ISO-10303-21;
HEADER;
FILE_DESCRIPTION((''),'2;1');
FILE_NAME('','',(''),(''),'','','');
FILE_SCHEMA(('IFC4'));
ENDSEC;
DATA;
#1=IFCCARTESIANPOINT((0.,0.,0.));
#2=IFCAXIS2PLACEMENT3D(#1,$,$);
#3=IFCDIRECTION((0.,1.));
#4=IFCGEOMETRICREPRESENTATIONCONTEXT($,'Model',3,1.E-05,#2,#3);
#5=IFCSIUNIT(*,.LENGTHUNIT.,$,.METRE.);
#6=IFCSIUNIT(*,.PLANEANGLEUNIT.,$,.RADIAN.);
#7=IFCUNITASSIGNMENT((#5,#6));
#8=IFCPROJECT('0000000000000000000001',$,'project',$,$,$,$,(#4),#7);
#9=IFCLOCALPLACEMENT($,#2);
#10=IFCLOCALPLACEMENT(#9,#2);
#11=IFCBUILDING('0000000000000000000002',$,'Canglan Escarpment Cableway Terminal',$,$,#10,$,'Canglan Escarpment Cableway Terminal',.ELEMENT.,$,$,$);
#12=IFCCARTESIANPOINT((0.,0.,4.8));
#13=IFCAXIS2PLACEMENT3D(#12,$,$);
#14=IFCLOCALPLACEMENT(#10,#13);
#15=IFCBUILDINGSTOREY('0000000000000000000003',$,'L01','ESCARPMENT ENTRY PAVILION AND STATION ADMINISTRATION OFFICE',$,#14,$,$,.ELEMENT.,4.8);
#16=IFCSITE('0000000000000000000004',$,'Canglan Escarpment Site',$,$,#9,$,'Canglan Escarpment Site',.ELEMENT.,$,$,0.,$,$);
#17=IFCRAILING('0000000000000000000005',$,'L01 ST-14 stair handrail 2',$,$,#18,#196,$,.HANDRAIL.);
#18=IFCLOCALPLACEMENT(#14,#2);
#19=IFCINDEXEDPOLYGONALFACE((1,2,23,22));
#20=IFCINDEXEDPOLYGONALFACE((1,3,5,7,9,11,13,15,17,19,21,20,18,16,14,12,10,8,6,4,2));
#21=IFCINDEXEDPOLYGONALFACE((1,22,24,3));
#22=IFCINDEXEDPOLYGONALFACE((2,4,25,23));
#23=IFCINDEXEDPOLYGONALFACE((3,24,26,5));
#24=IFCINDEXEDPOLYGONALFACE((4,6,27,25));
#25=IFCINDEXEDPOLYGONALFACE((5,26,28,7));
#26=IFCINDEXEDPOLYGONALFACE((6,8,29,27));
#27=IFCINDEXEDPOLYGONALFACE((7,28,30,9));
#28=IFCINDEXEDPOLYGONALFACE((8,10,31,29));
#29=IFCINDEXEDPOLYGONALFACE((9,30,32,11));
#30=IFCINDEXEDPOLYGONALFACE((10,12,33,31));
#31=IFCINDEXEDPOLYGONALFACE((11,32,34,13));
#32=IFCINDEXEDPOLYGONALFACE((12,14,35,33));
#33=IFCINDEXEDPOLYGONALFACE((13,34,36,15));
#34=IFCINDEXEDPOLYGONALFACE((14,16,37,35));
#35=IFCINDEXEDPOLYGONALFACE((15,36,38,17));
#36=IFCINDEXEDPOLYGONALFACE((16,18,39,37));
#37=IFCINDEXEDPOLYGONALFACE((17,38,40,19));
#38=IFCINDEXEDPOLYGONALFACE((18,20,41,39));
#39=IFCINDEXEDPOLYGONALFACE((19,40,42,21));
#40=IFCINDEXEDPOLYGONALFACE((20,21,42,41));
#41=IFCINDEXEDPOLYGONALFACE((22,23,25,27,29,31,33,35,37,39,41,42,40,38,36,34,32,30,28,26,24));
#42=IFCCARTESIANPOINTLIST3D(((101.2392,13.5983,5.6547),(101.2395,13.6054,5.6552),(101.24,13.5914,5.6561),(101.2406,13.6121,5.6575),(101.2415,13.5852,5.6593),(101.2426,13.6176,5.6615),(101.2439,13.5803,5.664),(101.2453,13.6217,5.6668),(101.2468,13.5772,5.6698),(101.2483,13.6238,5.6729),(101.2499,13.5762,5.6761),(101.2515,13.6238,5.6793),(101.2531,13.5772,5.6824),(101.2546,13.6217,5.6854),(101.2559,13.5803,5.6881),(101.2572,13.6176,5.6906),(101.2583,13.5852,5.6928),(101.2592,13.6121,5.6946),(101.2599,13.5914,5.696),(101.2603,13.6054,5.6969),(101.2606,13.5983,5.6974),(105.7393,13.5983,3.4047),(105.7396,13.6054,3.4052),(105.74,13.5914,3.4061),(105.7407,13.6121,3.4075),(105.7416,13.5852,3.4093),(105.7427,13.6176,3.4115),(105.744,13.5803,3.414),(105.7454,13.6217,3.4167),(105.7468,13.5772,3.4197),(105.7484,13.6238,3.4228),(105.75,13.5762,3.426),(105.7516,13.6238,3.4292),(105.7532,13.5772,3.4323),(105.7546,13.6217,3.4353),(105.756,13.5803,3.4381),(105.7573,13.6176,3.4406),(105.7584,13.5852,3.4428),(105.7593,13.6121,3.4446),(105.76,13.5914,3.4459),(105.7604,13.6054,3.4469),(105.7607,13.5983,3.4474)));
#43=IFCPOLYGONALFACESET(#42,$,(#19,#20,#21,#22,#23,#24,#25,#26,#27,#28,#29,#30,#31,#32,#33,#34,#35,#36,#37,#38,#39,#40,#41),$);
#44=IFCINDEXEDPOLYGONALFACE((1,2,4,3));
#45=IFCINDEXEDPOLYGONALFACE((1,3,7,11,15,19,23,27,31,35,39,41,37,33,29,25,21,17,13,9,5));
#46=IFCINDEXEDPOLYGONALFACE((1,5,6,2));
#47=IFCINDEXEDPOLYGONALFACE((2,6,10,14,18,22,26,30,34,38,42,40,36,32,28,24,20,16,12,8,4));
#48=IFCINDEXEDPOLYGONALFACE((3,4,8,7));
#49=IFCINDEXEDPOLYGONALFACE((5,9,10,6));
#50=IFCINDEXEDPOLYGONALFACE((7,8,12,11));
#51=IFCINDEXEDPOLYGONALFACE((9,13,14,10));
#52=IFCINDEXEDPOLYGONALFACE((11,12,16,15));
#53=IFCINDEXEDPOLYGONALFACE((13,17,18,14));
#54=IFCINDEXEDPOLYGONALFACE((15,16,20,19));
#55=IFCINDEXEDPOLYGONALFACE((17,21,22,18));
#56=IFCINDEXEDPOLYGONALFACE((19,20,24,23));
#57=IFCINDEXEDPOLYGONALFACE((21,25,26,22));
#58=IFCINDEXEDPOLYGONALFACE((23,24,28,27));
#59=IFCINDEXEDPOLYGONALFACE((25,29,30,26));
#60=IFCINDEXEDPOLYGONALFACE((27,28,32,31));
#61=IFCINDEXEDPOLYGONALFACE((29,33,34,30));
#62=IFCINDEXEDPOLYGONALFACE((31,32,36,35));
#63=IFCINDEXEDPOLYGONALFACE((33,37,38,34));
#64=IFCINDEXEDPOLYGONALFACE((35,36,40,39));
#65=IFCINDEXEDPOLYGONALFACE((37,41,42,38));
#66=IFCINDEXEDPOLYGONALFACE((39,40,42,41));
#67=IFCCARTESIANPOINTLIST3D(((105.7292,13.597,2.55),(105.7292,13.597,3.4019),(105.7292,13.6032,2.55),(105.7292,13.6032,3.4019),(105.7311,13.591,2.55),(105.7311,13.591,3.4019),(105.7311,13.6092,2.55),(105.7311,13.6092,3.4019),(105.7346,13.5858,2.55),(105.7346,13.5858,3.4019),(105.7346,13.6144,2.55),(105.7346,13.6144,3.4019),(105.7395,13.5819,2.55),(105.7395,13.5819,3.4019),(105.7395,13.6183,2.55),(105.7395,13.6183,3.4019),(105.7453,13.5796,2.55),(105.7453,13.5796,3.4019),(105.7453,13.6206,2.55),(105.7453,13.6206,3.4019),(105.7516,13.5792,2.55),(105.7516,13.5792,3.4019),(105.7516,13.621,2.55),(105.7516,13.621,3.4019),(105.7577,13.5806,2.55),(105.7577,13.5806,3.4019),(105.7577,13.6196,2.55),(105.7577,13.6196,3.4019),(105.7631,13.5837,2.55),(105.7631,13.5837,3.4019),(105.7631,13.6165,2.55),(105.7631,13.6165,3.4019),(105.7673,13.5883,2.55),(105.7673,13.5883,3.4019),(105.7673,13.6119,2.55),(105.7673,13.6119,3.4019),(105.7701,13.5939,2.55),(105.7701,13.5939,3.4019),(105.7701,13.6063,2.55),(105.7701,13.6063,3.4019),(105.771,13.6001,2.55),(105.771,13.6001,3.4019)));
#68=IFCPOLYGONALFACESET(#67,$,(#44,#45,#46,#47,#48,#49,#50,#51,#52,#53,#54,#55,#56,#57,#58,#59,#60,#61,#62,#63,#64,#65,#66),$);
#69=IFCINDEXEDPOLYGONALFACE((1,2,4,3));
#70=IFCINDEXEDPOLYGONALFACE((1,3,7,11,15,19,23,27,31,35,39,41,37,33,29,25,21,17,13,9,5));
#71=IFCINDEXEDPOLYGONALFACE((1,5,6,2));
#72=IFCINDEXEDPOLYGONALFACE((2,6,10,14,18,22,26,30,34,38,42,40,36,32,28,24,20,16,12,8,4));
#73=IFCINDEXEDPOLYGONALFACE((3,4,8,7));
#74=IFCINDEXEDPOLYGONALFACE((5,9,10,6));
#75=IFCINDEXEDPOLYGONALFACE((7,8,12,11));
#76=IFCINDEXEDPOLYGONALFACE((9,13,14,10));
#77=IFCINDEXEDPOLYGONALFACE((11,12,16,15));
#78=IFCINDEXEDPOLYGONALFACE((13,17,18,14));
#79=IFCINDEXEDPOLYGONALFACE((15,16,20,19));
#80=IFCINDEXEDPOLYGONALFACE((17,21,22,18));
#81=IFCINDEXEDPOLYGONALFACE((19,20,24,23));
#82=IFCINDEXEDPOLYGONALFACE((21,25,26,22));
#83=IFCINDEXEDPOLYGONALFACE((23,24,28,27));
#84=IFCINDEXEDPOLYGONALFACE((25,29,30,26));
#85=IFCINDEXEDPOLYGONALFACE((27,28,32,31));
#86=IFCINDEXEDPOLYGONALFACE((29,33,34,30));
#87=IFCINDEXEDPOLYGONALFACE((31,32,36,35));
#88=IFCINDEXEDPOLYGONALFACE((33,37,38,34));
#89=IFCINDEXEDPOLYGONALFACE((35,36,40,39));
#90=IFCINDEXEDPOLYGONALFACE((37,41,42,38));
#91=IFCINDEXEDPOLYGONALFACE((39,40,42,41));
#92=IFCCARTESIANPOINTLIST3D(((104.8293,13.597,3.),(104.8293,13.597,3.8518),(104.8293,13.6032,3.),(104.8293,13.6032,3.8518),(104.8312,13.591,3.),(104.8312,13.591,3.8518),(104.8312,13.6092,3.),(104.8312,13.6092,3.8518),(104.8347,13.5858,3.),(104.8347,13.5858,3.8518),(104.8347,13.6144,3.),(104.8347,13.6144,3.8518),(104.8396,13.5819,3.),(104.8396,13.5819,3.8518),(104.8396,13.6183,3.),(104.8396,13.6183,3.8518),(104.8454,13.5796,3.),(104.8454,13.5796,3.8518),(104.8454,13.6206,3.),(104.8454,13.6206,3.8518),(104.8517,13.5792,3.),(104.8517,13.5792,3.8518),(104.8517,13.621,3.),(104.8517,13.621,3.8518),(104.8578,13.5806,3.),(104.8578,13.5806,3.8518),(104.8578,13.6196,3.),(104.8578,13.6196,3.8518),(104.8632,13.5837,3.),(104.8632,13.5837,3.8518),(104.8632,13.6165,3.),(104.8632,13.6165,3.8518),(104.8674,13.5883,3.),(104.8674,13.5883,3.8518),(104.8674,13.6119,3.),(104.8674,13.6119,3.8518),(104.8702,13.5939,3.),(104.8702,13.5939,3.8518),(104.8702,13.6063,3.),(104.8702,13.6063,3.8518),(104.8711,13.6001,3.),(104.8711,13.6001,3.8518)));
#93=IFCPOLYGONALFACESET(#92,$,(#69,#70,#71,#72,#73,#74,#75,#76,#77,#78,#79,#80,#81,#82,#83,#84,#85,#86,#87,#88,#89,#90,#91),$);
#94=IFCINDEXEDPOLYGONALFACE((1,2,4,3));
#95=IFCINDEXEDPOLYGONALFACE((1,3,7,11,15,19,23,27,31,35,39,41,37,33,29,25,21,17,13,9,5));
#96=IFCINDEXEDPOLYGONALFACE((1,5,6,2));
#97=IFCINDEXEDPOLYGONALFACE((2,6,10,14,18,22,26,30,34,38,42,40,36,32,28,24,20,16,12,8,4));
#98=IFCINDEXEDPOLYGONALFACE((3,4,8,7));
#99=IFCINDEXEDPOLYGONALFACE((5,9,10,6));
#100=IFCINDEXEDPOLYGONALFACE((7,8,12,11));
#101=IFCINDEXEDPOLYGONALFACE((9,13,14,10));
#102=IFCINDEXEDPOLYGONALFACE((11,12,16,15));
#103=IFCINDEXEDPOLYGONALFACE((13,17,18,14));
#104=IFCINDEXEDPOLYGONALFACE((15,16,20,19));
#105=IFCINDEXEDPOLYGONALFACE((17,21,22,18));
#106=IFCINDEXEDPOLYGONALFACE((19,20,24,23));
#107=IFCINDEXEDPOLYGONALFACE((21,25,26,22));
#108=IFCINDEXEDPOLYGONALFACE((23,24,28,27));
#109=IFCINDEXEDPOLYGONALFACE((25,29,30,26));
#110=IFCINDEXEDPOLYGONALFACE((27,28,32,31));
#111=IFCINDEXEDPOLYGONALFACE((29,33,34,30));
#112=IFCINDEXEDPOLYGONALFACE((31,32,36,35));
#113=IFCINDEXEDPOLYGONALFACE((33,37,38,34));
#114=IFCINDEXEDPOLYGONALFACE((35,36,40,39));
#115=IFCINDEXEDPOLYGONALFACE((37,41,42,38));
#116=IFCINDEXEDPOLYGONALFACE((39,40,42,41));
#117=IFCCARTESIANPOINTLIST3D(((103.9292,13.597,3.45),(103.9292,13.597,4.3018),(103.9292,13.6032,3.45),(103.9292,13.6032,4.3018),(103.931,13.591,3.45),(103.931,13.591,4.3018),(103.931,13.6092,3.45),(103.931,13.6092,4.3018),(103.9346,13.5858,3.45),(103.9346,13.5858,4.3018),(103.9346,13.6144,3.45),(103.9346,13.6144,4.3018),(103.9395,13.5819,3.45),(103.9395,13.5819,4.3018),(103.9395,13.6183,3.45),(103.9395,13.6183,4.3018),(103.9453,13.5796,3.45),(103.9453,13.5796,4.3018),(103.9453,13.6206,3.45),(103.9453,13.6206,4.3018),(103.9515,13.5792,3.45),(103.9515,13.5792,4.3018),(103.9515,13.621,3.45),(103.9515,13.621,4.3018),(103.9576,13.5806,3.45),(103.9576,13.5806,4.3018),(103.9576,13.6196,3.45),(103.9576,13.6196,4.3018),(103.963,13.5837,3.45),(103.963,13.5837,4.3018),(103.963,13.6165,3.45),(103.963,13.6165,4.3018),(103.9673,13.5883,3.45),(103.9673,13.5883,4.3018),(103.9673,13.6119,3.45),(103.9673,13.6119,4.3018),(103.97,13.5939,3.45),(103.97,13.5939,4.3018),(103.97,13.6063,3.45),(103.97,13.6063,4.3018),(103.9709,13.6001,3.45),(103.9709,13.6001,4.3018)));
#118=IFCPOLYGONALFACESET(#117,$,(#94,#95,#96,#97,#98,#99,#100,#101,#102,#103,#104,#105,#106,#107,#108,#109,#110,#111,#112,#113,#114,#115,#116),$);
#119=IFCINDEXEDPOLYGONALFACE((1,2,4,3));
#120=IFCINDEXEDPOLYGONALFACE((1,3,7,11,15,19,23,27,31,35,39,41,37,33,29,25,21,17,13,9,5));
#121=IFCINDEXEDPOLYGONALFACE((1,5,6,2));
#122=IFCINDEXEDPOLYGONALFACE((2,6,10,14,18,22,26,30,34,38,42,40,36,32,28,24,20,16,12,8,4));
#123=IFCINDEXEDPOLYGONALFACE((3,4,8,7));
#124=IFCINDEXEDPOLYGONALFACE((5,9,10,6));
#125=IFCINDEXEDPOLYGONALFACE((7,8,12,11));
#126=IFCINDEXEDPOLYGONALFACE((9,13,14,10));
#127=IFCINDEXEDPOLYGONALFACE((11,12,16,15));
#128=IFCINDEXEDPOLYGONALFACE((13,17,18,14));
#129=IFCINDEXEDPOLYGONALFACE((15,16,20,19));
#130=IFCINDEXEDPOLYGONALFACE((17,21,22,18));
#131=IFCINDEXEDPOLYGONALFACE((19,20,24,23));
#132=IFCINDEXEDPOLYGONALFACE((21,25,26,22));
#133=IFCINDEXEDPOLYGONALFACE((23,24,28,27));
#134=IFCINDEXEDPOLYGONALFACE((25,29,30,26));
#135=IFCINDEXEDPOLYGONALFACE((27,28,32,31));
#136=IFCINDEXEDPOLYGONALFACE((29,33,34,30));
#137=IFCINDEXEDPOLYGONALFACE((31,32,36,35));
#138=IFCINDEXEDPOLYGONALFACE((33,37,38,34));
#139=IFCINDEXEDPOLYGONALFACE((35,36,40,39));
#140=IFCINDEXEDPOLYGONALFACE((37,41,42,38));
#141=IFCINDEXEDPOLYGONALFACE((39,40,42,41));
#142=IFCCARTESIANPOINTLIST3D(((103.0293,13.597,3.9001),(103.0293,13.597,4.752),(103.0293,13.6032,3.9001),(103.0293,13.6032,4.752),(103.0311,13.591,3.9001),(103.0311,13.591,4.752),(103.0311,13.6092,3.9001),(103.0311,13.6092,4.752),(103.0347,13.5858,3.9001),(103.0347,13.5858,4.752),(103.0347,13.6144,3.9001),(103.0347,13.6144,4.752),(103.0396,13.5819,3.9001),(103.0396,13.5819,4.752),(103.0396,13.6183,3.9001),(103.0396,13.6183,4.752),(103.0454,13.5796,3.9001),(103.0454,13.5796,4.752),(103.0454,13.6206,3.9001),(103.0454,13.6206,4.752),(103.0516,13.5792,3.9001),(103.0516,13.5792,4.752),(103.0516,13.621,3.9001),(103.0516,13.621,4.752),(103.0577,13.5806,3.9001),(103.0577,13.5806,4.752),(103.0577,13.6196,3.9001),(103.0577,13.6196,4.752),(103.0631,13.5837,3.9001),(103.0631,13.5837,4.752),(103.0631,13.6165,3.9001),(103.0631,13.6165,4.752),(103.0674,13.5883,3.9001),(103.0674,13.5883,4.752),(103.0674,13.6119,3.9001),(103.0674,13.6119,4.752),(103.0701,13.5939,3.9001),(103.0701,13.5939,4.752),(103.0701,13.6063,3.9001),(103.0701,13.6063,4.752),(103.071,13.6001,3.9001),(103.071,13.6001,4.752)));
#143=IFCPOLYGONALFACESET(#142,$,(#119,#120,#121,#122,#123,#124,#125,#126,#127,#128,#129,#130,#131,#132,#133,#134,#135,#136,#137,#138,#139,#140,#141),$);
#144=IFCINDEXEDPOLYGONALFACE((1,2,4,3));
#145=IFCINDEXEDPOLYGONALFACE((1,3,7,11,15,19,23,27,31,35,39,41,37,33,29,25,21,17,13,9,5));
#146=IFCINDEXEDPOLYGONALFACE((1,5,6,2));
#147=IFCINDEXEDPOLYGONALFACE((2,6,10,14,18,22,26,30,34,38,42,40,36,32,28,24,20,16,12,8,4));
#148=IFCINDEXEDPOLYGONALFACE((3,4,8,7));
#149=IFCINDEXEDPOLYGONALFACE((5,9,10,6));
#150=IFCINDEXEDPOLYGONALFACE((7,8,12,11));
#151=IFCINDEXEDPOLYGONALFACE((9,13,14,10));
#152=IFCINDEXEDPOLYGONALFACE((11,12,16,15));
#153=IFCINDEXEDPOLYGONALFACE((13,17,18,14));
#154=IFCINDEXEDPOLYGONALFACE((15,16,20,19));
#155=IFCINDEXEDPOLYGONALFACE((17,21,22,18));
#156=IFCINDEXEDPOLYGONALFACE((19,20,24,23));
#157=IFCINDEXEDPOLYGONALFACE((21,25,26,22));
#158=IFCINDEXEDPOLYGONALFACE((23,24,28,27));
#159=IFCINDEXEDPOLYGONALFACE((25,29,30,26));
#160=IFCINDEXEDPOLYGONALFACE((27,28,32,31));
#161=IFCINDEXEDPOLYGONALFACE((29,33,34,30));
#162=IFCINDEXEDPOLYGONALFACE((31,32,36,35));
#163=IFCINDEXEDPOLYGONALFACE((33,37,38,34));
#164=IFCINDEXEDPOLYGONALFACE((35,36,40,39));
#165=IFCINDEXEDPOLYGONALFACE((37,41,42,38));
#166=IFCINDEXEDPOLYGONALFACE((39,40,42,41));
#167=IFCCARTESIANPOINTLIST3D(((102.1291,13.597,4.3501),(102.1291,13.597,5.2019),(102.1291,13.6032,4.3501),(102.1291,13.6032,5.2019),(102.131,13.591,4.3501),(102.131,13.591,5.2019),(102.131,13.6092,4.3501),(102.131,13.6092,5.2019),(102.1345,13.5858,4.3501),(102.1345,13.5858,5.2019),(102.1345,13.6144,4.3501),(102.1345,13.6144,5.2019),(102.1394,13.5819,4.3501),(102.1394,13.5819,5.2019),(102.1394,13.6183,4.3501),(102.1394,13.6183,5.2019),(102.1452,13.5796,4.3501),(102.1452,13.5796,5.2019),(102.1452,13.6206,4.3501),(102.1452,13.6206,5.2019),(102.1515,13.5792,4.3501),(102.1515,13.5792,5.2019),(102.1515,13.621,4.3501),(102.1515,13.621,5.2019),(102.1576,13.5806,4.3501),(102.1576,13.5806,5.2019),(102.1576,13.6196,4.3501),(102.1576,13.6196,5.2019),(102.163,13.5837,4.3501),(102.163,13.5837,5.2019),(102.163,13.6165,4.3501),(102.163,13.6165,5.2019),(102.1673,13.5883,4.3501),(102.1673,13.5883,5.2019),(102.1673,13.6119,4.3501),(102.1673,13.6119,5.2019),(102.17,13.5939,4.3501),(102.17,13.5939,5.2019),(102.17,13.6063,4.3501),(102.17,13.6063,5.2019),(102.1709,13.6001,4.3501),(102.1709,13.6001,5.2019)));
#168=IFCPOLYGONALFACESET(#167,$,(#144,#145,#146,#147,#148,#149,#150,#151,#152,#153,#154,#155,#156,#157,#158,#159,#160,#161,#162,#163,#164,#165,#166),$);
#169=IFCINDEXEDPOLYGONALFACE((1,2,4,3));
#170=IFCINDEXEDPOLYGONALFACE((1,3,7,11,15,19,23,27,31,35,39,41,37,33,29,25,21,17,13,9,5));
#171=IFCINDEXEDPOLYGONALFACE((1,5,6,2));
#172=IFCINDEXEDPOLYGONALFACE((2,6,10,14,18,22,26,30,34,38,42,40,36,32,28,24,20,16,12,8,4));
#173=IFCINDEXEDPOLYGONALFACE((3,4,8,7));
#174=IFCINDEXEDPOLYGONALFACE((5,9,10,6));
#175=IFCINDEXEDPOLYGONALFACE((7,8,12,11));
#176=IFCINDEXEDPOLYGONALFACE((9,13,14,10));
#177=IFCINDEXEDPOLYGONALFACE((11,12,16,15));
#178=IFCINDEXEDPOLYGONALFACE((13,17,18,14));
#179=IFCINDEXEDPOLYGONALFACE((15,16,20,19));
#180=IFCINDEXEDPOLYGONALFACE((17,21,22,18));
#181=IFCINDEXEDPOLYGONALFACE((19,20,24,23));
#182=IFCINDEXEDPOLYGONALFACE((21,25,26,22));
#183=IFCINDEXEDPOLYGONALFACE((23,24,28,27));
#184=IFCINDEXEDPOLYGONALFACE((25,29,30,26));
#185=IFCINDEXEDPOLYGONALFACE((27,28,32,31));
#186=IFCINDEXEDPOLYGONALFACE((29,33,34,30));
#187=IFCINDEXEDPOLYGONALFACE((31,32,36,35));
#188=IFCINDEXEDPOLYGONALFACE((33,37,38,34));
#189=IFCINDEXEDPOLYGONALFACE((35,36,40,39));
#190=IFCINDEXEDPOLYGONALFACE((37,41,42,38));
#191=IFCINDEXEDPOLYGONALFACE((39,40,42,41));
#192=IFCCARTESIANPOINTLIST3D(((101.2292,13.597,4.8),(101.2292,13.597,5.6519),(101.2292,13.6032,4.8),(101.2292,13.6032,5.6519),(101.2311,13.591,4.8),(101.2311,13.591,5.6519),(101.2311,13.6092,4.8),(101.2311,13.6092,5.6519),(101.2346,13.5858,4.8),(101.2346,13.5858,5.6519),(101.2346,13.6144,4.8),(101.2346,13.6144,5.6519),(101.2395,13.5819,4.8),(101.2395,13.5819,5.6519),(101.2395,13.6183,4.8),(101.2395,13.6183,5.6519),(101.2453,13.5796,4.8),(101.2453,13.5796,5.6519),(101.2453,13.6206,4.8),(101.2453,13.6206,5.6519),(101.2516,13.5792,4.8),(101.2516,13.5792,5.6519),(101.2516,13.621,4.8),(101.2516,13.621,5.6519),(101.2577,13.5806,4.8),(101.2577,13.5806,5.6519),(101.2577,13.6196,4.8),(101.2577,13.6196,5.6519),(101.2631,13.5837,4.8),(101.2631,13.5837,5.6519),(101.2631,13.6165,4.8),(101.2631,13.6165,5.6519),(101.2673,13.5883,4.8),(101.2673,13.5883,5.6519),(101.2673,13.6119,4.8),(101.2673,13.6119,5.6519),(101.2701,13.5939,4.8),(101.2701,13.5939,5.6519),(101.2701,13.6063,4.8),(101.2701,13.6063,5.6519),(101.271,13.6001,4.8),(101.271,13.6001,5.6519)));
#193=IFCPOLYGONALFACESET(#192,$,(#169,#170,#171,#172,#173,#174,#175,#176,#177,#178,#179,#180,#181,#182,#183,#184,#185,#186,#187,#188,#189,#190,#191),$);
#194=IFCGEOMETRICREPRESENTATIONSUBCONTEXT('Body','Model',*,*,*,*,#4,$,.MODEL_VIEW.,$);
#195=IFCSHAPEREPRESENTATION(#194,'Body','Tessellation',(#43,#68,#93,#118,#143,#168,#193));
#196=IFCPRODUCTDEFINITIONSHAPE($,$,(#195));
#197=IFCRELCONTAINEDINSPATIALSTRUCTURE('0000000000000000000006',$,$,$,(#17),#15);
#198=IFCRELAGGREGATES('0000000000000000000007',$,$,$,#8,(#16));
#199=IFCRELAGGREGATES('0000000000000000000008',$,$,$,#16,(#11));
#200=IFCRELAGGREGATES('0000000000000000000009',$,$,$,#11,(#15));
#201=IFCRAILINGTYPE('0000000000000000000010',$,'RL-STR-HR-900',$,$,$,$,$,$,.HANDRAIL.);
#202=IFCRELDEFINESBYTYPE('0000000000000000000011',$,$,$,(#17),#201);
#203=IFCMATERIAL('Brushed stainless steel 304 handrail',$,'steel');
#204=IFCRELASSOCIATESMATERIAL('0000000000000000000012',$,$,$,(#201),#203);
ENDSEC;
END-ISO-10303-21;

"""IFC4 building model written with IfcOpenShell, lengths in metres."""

from ifc_helpers import new_model, si_unit, direction, frame, origin, origin_2d, place, context, subcontext, project, spatial, circle, extrude, material, type_object, element, save


model = new_model("IFC4")

# Units and contexts
model_context = context("Model", 3, precision=1e-05, world=origin(), true_north=direction((0.0, 1.0)))
body_context = subcontext(model_context, "Body", "Model", "MODEL_VIEW")
ifc_project = project(units=[si_unit("LENGTHUNIT", "METRE"), si_unit("PLANEANGLEUNIT", "RADIAN")], contexts=[model_context])

# Site, building, storey
site_placement = place(None, origin())
site = spatial("IfcSite", under=ifc_project, at=site_placement, Name="Canglan Escarpment Site", LongName="Canglan Escarpment Site", CompositionType="ELEMENT", RefElevation=0.0)
building_placement = place(site_placement, origin())
building = spatial("IfcBuilding", under=site, at=building_placement, Name="Canglan Escarpment Cableway Terminal", LongName="Canglan Escarpment Cableway Terminal", CompositionType="ELEMENT")
storey_placement = place(building_placement, frame((0.0, 0.0, 4.8)))
storey = spatial("IfcBuildingStorey", under=building, at=storey_placement, Name="L01", Description="ESCARPMENT ENTRY PAVILION AND STATION ADMINISTRATION OFFICE", CompositionType="ELEMENT", Elevation=4.8)

# Railing
ifc_material_1 = material(Name="Brushed stainless steel 304 handrail", Category="steel")
railing_type_1 = type_object("IfcRailingType", Name="RL-STR-HR-900", PredefinedType="HANDRAIL", material=ifc_material_1)
railing_1_placement = place(storey_placement, frame((105.75, 13.6001, 2.55)))
element("IfcRailing", 1, at=railing_1_placement, inside=storey, type_object=railing_type_1, Name="L01 ST-14 stair handrail 2", PredefinedType="HANDRAIL", context=body_context, shape_type="SweptSolid", body=[
    extrude(circle(Radius=0.0239, at=origin_2d()), frame((0.0, 0.0, 0.876), z_axis=(-0.894427, 0.0, 0.447214), x_axis=(0.0, -1.0, 0.0)), (0.0, 0.0, 1.0), 5.0312),
    extrude(circle(Radius=0.021, at=origin_2d()), origin(), (0.0, 0.0, 1.0), 0.8518),
    extrude(circle(Radius=0.021, at=origin_2d()), frame((-0.8999, 0.0, 0.45)), (0.0, 0.0, 1.0), 0.8518),
    extrude(circle(Radius=0.021, at=origin_2d()), frame((-1.8, 0.0, 0.8999)), (0.0, 0.0, 1.0), 0.8518),
    extrude(circle(Radius=0.021, at=origin_2d()), frame((-2.7, 0.0, 1.3501)), (0.0, 0.0, 1.0), 0.8518),
    extrude(circle(Radius=0.021, at=origin_2d()), frame((-3.6001, 0.0, 1.8)), (0.0, 0.0, 1.0), 0.8518),
    extrude(circle(Radius=0.021, at=origin_2d()), frame((-4.5, 0.0, 2.25)), (0.0, 0.0, 1.0), 0.8518),
])

save(model, "model.ifc")
